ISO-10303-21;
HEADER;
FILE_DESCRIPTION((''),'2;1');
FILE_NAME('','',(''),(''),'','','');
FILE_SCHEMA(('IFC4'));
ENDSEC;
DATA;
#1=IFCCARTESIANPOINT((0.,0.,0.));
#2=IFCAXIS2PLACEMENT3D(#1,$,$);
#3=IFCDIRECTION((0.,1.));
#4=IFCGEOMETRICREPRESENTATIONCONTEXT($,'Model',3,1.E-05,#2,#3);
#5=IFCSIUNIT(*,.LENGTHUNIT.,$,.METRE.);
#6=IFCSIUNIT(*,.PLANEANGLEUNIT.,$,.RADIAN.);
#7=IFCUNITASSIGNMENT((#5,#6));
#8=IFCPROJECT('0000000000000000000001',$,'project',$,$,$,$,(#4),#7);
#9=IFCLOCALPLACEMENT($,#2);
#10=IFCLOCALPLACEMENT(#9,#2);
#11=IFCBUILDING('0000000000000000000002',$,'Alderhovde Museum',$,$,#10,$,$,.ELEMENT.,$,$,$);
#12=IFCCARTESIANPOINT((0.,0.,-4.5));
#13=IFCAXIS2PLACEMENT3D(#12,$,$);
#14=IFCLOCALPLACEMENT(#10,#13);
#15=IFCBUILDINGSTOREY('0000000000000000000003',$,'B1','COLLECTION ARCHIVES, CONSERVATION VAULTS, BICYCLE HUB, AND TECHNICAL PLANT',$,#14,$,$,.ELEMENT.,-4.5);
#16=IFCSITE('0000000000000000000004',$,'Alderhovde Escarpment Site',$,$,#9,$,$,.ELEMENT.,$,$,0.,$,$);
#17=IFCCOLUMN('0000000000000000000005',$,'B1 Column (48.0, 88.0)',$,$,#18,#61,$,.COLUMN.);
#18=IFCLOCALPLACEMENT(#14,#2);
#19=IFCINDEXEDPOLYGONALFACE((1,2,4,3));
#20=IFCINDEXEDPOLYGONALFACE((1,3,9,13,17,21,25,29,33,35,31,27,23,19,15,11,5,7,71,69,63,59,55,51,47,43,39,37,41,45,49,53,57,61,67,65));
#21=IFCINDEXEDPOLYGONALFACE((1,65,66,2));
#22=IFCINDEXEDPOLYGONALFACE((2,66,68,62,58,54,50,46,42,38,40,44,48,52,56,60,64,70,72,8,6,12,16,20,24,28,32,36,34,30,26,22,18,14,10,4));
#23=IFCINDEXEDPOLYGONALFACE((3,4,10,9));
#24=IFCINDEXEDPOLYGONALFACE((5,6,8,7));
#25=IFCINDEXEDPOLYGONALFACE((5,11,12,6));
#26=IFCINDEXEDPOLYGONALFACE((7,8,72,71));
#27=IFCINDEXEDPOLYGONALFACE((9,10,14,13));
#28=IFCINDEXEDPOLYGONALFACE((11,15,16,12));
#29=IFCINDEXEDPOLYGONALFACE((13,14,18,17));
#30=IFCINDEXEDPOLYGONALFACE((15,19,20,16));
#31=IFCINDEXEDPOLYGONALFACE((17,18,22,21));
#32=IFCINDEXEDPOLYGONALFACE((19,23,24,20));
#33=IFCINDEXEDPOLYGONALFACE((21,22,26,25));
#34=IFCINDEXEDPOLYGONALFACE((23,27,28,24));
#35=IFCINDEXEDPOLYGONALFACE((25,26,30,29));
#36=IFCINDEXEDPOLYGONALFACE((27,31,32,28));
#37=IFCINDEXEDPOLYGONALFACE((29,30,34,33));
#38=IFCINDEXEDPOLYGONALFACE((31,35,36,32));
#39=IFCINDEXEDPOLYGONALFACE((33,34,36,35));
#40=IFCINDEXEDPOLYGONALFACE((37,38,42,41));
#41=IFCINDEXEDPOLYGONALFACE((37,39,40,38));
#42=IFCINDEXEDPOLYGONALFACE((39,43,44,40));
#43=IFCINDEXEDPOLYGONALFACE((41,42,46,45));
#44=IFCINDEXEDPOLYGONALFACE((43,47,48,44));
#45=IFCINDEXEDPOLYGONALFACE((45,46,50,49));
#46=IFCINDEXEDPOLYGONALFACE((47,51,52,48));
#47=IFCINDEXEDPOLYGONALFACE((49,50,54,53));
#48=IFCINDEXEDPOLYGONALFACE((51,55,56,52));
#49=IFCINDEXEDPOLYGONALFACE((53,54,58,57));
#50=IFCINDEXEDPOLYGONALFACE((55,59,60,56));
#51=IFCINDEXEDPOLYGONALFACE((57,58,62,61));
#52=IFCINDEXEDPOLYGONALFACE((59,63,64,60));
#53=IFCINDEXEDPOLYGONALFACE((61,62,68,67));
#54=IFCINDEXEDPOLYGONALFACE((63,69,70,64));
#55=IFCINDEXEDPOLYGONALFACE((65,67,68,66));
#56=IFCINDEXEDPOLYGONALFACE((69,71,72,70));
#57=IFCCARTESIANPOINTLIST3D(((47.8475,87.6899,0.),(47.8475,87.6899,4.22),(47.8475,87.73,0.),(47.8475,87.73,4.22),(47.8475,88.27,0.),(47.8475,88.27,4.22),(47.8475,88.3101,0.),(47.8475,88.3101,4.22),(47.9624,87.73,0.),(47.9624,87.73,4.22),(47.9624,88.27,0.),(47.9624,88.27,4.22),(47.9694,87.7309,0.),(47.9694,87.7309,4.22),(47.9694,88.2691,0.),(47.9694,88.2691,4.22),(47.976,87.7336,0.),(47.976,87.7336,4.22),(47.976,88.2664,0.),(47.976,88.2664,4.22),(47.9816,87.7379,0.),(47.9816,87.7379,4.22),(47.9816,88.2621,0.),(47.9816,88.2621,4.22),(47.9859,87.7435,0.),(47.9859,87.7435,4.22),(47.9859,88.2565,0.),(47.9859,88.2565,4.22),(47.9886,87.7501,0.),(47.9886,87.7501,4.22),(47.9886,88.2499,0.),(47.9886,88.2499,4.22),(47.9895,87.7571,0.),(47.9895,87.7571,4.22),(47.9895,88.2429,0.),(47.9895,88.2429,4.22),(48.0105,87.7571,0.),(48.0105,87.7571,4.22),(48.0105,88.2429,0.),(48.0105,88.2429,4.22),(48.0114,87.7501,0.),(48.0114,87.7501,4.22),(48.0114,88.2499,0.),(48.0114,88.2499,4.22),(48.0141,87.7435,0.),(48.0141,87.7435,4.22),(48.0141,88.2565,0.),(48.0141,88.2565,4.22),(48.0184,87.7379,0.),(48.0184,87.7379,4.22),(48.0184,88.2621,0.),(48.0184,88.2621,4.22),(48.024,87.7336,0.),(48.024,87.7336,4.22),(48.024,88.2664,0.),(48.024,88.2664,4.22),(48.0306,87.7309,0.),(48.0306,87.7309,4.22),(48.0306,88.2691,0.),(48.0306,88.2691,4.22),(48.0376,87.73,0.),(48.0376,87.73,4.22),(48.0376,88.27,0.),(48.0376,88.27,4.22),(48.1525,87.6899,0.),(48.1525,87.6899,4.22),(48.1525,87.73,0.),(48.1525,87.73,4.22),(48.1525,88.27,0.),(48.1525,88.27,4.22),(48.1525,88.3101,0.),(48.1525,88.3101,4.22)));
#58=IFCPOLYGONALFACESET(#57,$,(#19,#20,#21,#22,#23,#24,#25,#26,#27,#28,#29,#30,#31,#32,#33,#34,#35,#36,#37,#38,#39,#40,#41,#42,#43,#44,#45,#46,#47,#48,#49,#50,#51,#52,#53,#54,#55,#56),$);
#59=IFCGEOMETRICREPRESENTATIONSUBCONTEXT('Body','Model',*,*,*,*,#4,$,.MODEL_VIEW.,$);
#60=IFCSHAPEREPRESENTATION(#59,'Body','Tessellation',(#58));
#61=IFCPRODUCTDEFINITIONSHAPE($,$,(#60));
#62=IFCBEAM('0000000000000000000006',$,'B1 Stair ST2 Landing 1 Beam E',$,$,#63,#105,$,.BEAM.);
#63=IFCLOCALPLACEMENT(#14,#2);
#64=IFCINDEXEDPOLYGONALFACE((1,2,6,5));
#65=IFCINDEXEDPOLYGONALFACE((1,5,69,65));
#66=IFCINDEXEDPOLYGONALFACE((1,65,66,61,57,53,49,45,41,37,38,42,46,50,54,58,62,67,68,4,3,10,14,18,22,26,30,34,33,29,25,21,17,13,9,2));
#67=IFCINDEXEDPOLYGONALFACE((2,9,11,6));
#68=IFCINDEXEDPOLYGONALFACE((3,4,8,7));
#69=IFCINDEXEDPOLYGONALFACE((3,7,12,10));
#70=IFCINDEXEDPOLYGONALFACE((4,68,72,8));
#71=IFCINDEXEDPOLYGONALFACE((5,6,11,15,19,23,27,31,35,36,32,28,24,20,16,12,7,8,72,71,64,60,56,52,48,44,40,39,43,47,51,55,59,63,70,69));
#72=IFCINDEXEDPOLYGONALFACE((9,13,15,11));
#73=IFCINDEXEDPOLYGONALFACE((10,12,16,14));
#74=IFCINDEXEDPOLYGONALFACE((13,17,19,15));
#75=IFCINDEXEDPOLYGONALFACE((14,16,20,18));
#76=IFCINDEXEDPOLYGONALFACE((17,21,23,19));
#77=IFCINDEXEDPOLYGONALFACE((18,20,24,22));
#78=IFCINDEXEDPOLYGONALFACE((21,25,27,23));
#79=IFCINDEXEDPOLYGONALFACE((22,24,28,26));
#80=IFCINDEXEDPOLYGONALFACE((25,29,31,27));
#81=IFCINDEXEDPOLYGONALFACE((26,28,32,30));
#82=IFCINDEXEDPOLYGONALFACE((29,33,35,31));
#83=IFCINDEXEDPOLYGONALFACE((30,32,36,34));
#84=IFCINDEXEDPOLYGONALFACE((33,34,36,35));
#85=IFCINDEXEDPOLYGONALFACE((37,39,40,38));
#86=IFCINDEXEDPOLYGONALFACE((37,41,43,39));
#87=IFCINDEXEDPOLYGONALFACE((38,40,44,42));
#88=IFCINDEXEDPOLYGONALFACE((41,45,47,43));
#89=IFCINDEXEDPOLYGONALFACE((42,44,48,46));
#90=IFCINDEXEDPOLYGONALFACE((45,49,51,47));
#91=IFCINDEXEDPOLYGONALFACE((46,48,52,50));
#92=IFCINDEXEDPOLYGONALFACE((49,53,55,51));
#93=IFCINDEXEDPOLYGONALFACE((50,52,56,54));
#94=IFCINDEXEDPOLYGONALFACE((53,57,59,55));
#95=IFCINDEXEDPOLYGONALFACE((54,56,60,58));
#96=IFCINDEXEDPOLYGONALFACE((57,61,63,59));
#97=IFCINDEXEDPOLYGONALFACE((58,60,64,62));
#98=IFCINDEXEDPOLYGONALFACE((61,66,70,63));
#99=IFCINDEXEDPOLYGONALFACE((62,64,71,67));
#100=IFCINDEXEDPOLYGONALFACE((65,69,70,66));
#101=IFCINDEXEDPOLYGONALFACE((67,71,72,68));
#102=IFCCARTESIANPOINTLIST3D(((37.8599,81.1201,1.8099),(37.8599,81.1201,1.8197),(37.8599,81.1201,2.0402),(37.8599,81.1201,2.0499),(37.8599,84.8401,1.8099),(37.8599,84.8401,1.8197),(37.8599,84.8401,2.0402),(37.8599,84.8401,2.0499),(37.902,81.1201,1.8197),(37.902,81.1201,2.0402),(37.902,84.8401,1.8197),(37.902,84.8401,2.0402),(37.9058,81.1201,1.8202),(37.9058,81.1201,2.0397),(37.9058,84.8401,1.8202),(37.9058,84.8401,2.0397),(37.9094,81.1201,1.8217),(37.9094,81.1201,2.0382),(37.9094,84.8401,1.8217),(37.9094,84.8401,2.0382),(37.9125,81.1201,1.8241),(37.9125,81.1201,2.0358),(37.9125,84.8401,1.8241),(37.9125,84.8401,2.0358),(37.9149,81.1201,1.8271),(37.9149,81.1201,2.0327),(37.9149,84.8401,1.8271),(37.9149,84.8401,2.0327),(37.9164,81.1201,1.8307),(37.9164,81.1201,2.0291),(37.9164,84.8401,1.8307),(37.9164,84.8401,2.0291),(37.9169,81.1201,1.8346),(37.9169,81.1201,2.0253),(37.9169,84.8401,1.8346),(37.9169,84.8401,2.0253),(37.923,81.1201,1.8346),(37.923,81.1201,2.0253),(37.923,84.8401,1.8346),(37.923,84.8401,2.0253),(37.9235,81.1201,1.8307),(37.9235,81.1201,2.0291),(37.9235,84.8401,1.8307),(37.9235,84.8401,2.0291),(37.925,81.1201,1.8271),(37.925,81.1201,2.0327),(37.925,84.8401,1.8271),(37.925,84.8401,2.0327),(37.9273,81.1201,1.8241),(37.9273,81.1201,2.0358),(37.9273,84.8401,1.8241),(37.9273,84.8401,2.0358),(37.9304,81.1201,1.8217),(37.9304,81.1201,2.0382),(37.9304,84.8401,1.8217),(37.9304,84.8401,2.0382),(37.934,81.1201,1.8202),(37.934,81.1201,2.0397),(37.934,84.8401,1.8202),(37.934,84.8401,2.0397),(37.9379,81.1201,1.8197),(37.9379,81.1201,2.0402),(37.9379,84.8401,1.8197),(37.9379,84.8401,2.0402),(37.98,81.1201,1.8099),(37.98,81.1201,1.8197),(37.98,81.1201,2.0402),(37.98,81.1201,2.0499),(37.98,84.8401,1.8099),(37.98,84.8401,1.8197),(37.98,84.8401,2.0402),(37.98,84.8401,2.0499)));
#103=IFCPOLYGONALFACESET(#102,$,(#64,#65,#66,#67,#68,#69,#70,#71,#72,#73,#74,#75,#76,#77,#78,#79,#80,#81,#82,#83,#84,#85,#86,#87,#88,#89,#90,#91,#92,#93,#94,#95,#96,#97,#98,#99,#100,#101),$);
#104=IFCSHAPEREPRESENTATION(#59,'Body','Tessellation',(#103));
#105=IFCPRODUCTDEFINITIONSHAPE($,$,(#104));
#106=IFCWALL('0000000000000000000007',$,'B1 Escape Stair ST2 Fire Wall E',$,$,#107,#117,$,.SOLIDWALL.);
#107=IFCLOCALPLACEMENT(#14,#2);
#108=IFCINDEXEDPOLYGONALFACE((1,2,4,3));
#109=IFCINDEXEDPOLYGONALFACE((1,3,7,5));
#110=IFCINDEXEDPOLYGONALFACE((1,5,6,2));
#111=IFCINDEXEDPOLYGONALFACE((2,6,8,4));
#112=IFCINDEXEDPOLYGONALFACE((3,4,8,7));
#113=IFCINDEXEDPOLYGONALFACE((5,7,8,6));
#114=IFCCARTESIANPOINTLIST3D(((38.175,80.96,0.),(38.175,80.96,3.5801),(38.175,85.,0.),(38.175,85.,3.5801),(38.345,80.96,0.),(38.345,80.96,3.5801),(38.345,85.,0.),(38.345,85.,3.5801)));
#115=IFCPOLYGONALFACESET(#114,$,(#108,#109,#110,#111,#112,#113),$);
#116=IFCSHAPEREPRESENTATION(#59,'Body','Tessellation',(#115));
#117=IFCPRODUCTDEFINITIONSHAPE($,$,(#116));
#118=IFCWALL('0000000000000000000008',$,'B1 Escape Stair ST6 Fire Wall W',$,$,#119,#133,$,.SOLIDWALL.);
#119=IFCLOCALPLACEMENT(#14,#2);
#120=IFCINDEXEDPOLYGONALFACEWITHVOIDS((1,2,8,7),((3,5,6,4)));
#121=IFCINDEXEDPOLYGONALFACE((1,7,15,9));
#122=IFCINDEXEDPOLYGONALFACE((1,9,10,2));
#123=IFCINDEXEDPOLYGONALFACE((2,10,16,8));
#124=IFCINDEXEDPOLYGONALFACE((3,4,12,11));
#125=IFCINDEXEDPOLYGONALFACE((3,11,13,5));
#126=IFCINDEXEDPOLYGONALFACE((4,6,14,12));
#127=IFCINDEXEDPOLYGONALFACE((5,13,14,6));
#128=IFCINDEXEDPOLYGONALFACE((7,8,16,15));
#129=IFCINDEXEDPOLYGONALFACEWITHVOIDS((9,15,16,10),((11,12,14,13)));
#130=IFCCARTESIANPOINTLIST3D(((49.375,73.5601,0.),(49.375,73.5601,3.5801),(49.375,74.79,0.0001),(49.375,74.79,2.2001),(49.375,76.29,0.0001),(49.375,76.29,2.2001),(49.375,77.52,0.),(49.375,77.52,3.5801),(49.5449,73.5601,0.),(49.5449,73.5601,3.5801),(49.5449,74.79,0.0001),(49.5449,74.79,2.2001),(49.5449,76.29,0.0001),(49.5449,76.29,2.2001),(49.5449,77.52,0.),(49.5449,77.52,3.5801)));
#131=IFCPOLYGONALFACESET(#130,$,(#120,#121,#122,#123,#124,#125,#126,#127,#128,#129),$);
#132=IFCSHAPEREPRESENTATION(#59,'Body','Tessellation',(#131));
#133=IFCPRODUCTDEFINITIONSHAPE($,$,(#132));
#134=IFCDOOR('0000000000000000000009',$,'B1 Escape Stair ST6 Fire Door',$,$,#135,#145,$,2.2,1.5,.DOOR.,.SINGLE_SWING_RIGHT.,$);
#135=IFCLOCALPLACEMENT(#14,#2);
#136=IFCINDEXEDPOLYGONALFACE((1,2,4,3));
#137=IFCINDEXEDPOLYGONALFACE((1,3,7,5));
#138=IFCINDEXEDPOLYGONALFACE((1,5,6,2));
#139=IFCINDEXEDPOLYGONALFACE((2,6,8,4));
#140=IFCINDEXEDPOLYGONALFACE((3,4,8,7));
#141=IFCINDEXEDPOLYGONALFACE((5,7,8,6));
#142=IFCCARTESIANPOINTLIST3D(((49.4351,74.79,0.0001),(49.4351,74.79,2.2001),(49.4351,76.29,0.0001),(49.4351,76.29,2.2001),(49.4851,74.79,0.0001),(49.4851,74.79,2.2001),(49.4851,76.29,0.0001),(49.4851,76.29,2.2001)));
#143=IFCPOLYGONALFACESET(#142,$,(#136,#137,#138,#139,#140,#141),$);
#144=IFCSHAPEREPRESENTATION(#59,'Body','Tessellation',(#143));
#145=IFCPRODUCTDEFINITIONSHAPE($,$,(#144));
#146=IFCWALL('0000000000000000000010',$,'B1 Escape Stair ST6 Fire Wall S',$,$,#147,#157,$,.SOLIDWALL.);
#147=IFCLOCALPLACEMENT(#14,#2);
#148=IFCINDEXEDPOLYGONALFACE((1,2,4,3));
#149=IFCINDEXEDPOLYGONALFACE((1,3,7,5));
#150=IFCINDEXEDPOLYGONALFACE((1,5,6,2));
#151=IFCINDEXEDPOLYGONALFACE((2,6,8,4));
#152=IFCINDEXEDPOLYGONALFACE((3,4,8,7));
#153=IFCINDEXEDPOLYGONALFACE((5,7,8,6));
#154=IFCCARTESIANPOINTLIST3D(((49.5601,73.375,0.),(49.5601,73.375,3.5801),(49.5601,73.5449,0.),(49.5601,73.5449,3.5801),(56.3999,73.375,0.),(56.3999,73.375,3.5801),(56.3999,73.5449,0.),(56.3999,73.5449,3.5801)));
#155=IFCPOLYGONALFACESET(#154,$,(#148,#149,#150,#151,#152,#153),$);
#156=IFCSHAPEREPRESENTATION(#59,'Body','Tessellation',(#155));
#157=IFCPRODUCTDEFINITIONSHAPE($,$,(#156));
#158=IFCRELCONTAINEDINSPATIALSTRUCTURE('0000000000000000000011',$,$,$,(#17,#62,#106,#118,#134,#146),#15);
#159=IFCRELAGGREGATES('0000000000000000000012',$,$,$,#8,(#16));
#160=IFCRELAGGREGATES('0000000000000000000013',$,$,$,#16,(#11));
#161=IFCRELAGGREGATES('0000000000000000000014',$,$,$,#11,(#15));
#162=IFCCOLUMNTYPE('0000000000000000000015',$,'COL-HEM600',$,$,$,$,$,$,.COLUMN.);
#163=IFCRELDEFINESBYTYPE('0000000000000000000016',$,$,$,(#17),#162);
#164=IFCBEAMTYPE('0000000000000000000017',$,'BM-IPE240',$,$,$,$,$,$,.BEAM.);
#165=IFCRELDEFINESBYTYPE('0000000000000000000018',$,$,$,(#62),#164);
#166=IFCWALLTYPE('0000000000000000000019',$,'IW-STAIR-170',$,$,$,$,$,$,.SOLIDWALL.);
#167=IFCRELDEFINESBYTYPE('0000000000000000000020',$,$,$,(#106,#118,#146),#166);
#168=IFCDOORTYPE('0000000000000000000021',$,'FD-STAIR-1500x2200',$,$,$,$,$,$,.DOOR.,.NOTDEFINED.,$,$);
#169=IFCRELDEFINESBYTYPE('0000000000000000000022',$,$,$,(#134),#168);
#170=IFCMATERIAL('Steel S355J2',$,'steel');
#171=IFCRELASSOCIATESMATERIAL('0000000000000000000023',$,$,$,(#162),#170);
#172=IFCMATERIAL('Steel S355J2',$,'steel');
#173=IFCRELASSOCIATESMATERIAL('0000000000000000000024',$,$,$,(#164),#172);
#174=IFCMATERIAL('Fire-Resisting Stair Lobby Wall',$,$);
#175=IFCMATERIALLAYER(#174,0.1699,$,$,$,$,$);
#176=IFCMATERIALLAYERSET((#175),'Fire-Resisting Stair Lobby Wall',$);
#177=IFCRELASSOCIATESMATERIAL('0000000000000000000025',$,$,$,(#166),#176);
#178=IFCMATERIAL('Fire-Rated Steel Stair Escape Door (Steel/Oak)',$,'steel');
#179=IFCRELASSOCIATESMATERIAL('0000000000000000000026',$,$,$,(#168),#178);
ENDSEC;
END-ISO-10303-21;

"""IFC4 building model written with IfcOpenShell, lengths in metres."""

from ifc_helpers import new_model, si_unit, direction, frame, frame_2d, origin, origin_2d, place, context, subcontext, project, spatial, rectangle, i_section, extrude, material, layer, layer_set, material_profile, profile_set, type_object, element, fill, save


model = new_model("IFC4")

# Units and contexts
model_context = context("Model", 3, precision=1e-05, world=origin(), true_north=direction((0.0, 1.0)))
body_context = subcontext(model_context, "Body", "Model", "MODEL_VIEW")
ifc_project = project(units=[si_unit("LENGTHUNIT", "METRE"), si_unit("PLANEANGLEUNIT", "RADIAN")], contexts=[model_context])

# Site, building, storey
site_placement = place(None, origin())
site = spatial("IfcSite", under=ifc_project, at=site_placement, Name="Alderhovde Escarpment Site", CompositionType="ELEMENT", RefElevation=0.0)
building_placement = place(site_placement, origin())
building = spatial("IfcBuilding", under=site, at=building_placement, Name="Alderhovde Museum", CompositionType="ELEMENT")
storey_placement = place(building_placement, frame((0.0, 0.0, -4.5)))
storey = spatial("IfcBuildingStorey", under=building, at=storey_placement, Name="B1", Description="COLLECTION ARCHIVES, CONSERVATION VAULTS, BICYCLE HUB, AND TECHNICAL PLANT", CompositionType="ELEMENT", Elevation=-4.5)

# Column
ifc_material_1 = material(Name="Steel S355J2", Category="steel")
ifc_material_profile_1 = material_profile(ifc_material_1, i_section(OverallWidth=0.3049, OverallDepth=0.6201, WebThickness=0.021, FlangeThickness=0.04, FilletRadius=0.0271, at=origin_2d()), Name="HEM 600")
ifc_profile_set_1 = profile_set([ifc_material_profile_1], Name="Steel S355J2")
column_type_1 = type_object("IfcColumnType", Name="COL-HEM600", PredefinedType="COLUMN", material=ifc_profile_set_1)
column_1_placement = place(storey_placement, frame((48.0, 88.0, 0.0), z_axis=(0.0, 0.0, 1.0), x_axis=(1.0, 0.0, 0.0)))
element("IfcColumn", 1, at=column_1_placement, inside=storey, type_object=column_type_1, Name="B1 Column (48.0, 88.0)", PredefinedType="COLUMN", context=body_context, shape_type="SweptSolid", body=[
    extrude(i_section(OverallWidth=0.3049, OverallDepth=0.6201, WebThickness=0.021, FlangeThickness=0.04, FilletRadius=0.0271, at=origin_2d()), origin(), (0.0, 0.0, 1.0), 4.22),
])

# Beam
ifc_material_2 = material(Name="Steel S355J2", Category="steel")
ifc_material_profile_2 = material_profile(ifc_material_2, i_section(OverallWidth=0.1201, OverallDepth=0.24, WebThickness=0.0061, FlangeThickness=0.0098, FilletRadius=0.0149, at=origin_2d()), Name="IPE 240")
ifc_profile_set_2 = profile_set([ifc_material_profile_2], Name="Steel S355J2")
beam_type = type_object("IfcBeamType", Name="BM-IPE240", PredefinedType="BEAM", material=ifc_profile_set_2)
beam_placement = place(storey_placement, frame((37.9199, 81.1201, 1.9299), z_axis=(0.0, 1.0, 0.0), x_axis=(-1.0, 0.0, 0.0)))
element("IfcBeam", 2, at=beam_placement, inside=storey, type_object=beam_type, Name="B1 Stair ST2 Landing 1 Beam E", PredefinedType="BEAM", context=body_context, shape_type="SweptSolid", body=[
    extrude(i_section(OverallWidth=0.1201, OverallDepth=0.24, WebThickness=0.0061, FlangeThickness=0.0098, FilletRadius=0.0149, at=origin_2d()), origin(), (0.0, 0.0, 1.0), 3.72),
])

# Wall
ifc_material_3 = material(Name="Fire-Resisting Stair Lobby Wall")
ifc_layer = layer(ifc_material_3, 0.1699)
ifc_layer_set = layer_set([ifc_layer], Name="Fire-Resisting Stair Lobby Wall")
wall_type = type_object("IfcWallType", Name="IW-STAIR-170", PredefinedType="SOLIDWALL", material=ifc_layer_set)
wall_1_placement = place(storey_placement, frame((38.26, 80.96, 0.0), z_axis=(0.0, 0.0, 1.0), x_axis=(0.0, 1.0, 0.0)))
element("IfcWall", 3, at=wall_1_placement, inside=storey, type_object=wall_type, Name="B1 Escape Stair ST2 Fire Wall E", PredefinedType="SOLIDWALL", context=body_context, shape_type="SweptSolid", body=[
    extrude(rectangle(XDim=4.04, YDim=0.1699, at=frame_2d((2.02, 0.0))), origin(), (0.0, 0.0, 1.0), 3.5801),
])

# Wall, opening, door
wall_2_placement = place(storey_placement, frame((49.46, 73.5601, 0.0), z_axis=(0.0, 0.0, 1.0), x_axis=(0.0, 1.0, 0.0)))
wall_2 = element("IfcWall", 4, at=wall_2_placement, inside=storey, type_object=wall_type, Name="B1 Escape Stair ST6 Fire Wall W", PredefinedType="SOLIDWALL", context=body_context, shape_type="SweptSolid", body=[
    extrude(rectangle(XDim=3.96, YDim=0.1699, at=frame_2d((1.98, 0.0))), origin(), (0.0, 0.0, 1.0), 3.5801),
])
opening_placement = place(wall_2_placement, frame((1.23, 0.0, 0.0)))
opening = element("IfcOpeningElement", 5, at=opening_placement, cuts=wall_2, PredefinedType="OPENING", context=body_context, shape_type="SweptSolid", body=[
    extrude(rectangle(XDim=1.5, YDim=2.2, at=frame_2d((0.75, 1.1001))), frame((0.0, 0.095, 0.0), z_axis=(0.0, -1.0, 0.0), x_axis=(1.0, 0.0, 0.0)), (0.0, 0.0, 1.0), 0.1899),
])
ifc_material_4 = material(Name="Fire-Rated Steel Stair Escape Door (Steel/Oak)", Category="steel")
door_type = type_object("IfcDoorType", Name="FD-STAIR-1500x2200", OperationType="NOTDEFINED", PredefinedType="DOOR", material=ifc_material_4)
door_placement = place(opening_placement, origin())
door = element("IfcDoor", 6, at=door_placement, inside=storey, type_object=door_type, Name="B1 Escape Stair ST6 Fire Door", OperationType="SINGLE_SWING_RIGHT", OverallHeight=2.2, OverallWidth=1.5, PredefinedType="DOOR", context=body_context, shape_type="SweptSolid", body=[
    extrude(rectangle(XDim=1.5, YDim=2.2, at=frame_2d((0.75, 1.1001))), frame((0.0, 0.0249, 0.0), z_axis=(0.0, -1.0, 0.0), x_axis=(1.0, 0.0, 0.0)), (0.0, 0.0, 1.0), 0.05),
])
fill(opening, door)

# Wall
wall_3_placement = place(storey_placement, frame((49.5601, 73.46, 0.0), z_axis=(0.0, 0.0, 1.0), x_axis=(1.0, 0.0, 0.0)))
element("IfcWall", 7, at=wall_3_placement, inside=storey, type_object=wall_type, Name="B1 Escape Stair ST6 Fire Wall S", PredefinedType="SOLIDWALL", context=body_context, shape_type="SweptSolid", body=[
    extrude(rectangle(XDim=6.8398, YDim=0.1699, at=frame_2d((3.4199, 0.0))), origin(), (0.0, 0.0, 1.0), 3.5801),
])

save(model, "model.ifc")
